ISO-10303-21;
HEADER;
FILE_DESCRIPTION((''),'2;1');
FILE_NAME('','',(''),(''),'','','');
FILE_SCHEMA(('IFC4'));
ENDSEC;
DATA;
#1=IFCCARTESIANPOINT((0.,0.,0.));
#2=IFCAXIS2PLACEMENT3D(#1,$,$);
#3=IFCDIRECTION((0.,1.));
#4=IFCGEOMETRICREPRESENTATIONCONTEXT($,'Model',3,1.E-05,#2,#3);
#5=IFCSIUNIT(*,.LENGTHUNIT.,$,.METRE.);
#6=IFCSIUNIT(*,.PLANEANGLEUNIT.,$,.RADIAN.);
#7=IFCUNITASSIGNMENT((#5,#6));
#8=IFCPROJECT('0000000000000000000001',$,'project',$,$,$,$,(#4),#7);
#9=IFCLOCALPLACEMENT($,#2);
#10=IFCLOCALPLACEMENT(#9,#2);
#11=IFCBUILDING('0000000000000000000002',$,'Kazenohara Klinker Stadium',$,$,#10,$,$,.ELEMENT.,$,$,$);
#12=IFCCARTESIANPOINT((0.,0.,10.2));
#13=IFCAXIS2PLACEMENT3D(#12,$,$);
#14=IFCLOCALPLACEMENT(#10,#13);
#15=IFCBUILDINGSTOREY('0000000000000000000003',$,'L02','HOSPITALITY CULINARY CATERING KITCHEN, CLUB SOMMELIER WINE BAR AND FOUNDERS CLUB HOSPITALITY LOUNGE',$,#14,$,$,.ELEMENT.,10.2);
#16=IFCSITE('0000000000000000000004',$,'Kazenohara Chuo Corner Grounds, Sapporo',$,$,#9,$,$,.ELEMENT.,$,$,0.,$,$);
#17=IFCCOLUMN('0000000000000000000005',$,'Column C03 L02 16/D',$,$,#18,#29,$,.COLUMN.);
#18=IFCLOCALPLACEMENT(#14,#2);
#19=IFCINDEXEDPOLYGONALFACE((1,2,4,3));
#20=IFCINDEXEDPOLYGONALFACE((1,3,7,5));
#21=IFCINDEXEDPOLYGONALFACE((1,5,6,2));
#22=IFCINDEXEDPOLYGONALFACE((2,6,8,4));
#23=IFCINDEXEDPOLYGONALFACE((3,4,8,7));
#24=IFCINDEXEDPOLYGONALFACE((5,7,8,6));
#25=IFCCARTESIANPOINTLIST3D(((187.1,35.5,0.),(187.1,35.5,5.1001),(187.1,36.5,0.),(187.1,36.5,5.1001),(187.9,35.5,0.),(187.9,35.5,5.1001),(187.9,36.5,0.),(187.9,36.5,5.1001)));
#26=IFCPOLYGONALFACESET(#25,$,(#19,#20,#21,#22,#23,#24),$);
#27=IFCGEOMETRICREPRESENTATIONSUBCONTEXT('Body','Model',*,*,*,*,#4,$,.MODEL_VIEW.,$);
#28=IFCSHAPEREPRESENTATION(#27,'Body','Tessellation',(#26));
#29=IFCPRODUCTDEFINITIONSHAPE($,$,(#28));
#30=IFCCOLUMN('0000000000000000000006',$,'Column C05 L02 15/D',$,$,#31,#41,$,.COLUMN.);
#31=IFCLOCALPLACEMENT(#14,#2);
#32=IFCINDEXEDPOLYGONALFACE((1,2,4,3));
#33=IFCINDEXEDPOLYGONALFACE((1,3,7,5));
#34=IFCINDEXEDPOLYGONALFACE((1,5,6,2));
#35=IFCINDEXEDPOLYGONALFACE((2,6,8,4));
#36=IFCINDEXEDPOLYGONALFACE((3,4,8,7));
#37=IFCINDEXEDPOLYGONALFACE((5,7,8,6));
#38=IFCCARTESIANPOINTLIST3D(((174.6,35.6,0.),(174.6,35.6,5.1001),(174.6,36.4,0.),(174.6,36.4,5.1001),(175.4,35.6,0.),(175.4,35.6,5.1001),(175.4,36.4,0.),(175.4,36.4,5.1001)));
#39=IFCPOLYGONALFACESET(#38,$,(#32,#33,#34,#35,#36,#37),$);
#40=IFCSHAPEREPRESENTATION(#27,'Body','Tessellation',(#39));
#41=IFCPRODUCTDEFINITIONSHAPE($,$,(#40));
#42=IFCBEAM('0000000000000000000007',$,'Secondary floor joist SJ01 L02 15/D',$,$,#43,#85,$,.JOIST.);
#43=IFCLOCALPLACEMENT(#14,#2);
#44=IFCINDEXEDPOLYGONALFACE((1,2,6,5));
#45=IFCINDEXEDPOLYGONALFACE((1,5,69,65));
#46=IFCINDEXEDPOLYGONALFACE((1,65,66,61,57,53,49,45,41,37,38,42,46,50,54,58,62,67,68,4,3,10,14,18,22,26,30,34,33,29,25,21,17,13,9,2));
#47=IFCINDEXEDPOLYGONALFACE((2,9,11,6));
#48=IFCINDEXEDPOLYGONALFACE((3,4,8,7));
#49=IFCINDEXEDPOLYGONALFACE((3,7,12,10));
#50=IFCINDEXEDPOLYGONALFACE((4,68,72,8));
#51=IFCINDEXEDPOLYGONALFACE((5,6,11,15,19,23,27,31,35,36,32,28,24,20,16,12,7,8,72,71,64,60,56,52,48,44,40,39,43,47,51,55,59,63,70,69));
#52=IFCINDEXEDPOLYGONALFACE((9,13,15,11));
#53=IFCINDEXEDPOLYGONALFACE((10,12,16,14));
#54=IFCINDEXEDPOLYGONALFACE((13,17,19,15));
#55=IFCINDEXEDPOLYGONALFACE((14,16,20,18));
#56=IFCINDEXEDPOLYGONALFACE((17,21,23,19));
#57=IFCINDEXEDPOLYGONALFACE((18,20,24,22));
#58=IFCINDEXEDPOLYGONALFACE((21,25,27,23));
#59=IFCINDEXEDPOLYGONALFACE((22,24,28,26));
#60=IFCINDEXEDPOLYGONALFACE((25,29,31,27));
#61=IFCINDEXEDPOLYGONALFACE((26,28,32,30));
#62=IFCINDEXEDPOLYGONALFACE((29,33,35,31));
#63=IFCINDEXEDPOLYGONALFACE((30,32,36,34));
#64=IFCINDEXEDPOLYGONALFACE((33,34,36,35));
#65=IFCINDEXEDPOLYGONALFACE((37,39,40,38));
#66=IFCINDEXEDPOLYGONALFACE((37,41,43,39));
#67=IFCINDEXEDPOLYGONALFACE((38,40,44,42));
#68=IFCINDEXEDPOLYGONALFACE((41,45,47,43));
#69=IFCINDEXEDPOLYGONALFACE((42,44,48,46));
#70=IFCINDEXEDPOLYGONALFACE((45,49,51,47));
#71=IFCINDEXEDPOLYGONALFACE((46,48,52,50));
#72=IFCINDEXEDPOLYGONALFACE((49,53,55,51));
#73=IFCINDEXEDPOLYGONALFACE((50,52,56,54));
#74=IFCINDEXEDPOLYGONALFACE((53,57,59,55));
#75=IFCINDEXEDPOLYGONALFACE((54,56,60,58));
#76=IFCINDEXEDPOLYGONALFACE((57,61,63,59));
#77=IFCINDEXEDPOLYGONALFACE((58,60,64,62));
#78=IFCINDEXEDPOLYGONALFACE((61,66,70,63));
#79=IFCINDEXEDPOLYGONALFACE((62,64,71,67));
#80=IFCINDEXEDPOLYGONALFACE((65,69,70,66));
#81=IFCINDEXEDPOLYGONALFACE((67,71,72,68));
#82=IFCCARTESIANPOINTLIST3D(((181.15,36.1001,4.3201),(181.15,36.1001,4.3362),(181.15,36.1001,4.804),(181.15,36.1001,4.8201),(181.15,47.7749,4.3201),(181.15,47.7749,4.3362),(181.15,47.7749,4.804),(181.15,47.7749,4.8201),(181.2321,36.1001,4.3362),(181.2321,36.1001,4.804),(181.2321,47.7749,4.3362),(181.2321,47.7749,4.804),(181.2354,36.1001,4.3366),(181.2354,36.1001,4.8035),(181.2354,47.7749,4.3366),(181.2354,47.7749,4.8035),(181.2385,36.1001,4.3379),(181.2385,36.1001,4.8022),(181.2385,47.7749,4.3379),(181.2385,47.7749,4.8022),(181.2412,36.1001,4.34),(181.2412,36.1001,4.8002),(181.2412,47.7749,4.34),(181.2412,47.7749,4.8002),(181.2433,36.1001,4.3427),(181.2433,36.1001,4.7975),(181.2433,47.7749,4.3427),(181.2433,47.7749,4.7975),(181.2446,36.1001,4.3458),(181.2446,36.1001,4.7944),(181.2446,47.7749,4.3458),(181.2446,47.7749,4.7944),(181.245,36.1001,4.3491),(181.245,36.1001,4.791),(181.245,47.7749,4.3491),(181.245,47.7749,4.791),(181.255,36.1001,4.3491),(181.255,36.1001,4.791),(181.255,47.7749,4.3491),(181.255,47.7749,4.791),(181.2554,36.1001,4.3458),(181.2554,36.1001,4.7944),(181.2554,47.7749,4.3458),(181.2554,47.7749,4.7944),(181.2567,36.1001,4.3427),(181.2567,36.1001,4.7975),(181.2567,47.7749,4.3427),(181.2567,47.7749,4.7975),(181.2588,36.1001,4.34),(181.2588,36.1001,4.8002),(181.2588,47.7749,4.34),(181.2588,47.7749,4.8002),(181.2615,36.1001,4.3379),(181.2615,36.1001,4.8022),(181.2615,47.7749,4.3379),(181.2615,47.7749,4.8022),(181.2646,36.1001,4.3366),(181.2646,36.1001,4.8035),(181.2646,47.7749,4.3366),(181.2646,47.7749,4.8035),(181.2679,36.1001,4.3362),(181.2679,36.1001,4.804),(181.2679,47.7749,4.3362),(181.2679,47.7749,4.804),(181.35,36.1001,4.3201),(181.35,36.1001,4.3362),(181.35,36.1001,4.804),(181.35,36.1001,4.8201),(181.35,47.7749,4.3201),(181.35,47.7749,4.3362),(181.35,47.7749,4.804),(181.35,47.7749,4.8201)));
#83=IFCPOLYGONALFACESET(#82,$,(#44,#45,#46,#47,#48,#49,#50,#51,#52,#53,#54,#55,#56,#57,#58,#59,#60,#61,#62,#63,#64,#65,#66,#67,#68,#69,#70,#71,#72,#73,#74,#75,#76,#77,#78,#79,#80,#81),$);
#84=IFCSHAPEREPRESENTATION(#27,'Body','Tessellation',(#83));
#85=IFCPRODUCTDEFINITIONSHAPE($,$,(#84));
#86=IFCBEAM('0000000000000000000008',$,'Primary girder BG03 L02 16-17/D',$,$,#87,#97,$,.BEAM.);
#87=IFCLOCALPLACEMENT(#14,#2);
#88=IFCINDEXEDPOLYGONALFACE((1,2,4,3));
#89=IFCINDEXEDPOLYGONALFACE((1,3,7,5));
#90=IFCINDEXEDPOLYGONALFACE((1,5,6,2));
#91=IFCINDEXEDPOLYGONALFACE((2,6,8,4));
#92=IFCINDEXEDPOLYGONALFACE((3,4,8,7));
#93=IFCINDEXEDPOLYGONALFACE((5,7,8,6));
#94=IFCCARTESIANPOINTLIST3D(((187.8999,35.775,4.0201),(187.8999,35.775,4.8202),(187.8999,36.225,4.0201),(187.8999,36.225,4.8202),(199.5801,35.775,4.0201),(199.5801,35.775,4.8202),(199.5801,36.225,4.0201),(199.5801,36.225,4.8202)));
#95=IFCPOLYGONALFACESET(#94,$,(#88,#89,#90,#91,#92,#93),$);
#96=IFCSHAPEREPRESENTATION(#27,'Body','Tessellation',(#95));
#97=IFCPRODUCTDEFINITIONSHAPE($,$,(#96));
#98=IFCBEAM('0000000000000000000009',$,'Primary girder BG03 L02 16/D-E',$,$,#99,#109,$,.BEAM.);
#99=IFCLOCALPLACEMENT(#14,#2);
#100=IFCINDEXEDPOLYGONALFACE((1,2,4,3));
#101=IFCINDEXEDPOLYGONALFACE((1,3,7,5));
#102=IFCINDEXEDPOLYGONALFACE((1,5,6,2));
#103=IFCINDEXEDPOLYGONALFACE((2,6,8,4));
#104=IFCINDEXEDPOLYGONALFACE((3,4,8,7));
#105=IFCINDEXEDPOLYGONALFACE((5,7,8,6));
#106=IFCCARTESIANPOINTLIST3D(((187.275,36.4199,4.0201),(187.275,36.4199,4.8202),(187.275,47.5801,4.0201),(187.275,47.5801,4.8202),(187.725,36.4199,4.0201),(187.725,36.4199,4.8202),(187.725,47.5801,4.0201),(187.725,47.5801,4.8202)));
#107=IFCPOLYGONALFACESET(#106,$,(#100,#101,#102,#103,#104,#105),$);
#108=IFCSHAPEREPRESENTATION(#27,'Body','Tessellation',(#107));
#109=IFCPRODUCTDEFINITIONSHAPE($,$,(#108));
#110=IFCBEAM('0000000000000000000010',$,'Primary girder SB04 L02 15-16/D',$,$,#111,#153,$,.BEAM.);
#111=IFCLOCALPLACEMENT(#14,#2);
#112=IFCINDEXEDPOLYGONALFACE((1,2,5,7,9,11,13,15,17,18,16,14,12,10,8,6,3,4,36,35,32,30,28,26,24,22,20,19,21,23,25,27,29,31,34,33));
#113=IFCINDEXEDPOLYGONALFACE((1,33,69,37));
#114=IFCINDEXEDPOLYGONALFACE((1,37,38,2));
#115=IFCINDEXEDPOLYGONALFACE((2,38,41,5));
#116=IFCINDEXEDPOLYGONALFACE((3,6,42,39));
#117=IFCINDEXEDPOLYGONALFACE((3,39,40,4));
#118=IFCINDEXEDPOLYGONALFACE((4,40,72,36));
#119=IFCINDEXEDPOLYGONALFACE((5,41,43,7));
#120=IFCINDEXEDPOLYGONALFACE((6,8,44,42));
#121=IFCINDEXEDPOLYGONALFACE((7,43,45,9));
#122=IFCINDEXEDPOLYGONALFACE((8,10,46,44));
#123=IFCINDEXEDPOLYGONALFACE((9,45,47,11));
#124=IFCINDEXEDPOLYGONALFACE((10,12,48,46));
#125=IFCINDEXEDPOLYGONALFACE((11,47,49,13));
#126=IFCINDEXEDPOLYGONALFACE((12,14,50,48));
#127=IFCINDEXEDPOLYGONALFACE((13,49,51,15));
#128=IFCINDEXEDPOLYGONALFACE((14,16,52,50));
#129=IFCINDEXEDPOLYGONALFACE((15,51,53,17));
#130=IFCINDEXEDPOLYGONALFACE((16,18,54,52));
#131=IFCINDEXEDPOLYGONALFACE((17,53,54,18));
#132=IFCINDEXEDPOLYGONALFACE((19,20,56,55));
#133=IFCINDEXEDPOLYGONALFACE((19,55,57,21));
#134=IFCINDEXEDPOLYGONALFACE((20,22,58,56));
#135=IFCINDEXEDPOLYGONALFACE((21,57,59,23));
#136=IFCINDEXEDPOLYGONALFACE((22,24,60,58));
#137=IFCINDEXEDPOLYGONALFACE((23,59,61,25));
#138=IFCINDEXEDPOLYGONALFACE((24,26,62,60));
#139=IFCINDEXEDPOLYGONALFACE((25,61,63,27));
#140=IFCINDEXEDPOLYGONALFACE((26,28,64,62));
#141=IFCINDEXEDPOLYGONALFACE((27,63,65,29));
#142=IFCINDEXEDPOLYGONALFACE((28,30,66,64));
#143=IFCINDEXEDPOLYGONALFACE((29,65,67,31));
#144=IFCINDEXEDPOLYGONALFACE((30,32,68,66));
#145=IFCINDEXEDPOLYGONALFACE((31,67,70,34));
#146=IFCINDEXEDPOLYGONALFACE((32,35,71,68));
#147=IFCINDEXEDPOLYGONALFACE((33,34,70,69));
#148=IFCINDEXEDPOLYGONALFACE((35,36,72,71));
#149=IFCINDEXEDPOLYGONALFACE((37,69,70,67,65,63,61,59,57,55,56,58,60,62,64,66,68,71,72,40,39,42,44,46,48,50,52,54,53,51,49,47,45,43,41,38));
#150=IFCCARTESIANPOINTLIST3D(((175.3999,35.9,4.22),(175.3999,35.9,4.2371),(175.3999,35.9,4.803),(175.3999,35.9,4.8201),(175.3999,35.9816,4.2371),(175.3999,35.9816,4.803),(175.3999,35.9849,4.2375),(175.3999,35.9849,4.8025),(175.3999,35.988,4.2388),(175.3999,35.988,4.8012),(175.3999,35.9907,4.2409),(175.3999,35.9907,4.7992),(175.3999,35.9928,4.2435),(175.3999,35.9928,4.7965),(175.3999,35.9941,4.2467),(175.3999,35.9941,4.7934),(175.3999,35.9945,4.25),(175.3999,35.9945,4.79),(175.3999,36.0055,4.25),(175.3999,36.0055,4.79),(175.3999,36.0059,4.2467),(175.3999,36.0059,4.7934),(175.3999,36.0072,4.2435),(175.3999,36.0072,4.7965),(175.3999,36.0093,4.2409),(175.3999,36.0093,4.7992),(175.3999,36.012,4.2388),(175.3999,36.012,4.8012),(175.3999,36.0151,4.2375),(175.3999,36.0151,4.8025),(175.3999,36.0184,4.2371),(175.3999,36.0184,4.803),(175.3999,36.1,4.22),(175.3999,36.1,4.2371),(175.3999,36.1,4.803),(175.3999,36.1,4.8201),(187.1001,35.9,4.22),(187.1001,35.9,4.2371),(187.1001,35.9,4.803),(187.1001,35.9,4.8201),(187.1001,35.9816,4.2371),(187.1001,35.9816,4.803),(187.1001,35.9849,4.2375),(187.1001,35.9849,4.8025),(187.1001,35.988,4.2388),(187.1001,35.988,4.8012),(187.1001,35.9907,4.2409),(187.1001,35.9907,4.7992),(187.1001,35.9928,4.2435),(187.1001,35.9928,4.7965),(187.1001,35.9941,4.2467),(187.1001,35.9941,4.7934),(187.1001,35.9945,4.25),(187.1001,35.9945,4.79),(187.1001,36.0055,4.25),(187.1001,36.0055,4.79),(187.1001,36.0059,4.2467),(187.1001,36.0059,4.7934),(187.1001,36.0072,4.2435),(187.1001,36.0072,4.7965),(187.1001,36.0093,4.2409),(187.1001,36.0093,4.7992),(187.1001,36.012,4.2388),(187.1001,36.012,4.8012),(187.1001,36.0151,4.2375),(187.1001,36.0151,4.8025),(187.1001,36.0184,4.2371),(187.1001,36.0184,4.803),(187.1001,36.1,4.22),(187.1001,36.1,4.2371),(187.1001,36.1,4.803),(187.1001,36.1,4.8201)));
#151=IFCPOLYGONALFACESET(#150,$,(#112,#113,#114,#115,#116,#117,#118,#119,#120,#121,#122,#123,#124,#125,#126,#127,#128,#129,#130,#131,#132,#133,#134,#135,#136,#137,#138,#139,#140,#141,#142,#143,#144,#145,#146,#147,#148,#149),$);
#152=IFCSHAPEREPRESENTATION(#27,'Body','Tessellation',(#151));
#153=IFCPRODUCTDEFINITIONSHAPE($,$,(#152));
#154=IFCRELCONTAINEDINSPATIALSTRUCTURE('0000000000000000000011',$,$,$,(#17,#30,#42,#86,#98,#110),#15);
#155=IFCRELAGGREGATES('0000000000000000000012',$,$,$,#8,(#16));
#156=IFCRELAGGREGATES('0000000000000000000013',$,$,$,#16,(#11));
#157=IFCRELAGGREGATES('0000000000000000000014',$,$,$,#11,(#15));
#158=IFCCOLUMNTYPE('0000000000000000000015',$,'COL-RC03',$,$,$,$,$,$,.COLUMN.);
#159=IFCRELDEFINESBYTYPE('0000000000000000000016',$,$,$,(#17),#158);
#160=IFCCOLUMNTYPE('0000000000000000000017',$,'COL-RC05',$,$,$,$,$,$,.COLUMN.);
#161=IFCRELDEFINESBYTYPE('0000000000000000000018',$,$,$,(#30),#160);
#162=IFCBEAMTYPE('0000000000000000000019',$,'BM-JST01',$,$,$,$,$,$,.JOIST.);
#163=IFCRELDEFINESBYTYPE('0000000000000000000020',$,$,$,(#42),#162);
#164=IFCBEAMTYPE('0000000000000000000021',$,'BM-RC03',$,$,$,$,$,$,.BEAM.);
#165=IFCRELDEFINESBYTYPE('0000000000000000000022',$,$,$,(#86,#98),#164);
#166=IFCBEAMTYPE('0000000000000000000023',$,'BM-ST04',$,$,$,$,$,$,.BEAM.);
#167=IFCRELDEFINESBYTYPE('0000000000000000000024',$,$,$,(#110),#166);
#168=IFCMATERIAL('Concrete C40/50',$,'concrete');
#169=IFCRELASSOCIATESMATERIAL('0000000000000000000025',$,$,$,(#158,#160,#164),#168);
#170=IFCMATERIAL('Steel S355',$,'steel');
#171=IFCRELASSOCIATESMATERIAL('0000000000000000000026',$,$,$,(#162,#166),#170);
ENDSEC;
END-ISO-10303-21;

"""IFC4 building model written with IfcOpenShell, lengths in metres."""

from ifc_helpers import new_model, si_unit, direction, frame, origin, origin_2d, place, context, subcontext, project, spatial, rectangle, i_section, extrude, material, material_profile, profile_set, type_object, element, save


model = new_model("IFC4")

# Units and contexts
model_context = context("Model", 3, precision=1e-05, world=origin(), true_north=direction((0.0, 1.0)))
body_context = subcontext(model_context, "Body", "Model", "MODEL_VIEW")
ifc_project = project(units=[si_unit("LENGTHUNIT", "METRE"), si_unit("PLANEANGLEUNIT", "RADIAN")], contexts=[model_context])

# Site, building, storey
site_placement = place(None, origin())
site = spatial("IfcSite", under=ifc_project, at=site_placement, Name="Kazenohara Chuo Corner Grounds, Sapporo", CompositionType="ELEMENT", RefElevation=0.0)
building_placement = place(site_placement, origin())
building = spatial("IfcBuilding", under=site, at=building_placement, Name="Kazenohara Klinker Stadium", CompositionType="ELEMENT")
storey_placement = place(building_placement, frame((0.0, 0.0, 10.2)))
storey = spatial("IfcBuildingStorey", under=building, at=storey_placement, Name="L02", Description="HOSPITALITY CULINARY CATERING KITCHEN, CLUB SOMMELIER WINE BAR AND FOUNDERS CLUB HOSPITALITY LOUNGE", CompositionType="ELEMENT", Elevation=10.2)

# Columns
ifc_material_1 = material(Name="Concrete C40/50", Category="concrete")
ifc_material_profile_1 = material_profile(ifc_material_1, rectangle(XDim=0.8, YDim=1.0, at=origin_2d()), Name="RC-COL-1000x800")
ifc_profile_set_1 = profile_set([ifc_material_profile_1], Name="Concrete C40/50")
column_type_1 = type_object("IfcColumnType", Name="COL-RC03", PredefinedType="COLUMN", material=ifc_profile_set_1)
column_1_placement = place(storey_placement, frame((187.5, 36.0, 0.0), z_axis=(0.0, 0.0, 1.0), x_axis=(1.0, 0.0, 0.0)))
element("IfcColumn", 1, at=column_1_placement, inside=storey, type_object=column_type_1, Name="Column C03 L02 16/D", PredefinedType="COLUMN", context=body_context, shape_type="SweptSolid", body=[
    extrude(rectangle(XDim=0.8, YDim=1.0, at=origin_2d()), origin(), (0.0, 0.0, 1.0), 5.1001),
])
ifc_material_profile_2 = material_profile(ifc_material_1, rectangle(XDim=0.8, YDim=0.8, at=origin_2d()), Name="RC-COL-800x800")
ifc_profile_set_2 = profile_set([ifc_material_profile_2], Name="Concrete C40/50")
column_type_2 = type_object("IfcColumnType", Name="COL-RC05", PredefinedType="COLUMN", material=ifc_profile_set_2)
column_2_placement = place(storey_placement, frame((175.0, 36.0, 0.0), z_axis=(0.0, 0.0, 1.0), x_axis=(1.0, 0.0, 0.0)))
element("IfcColumn", 2, at=column_2_placement, inside=storey, type_object=column_type_2, Name="Column C05 L02 15/D", PredefinedType="COLUMN", context=body_context, shape_type="SweptSolid", body=[
    extrude(rectangle(XDim=0.8, YDim=0.8, at=origin_2d()), origin(), (0.0, 0.0, 1.0), 5.1001),
])

# Beams
ifc_material_2 = material(Name="Steel S355", Category="steel")
ifc_material_profile_3 = material_profile(ifc_material_2, i_section(OverallWidth=0.2, OverallDepth=0.5, WebThickness=0.01, FlangeThickness=0.0161, FilletRadius=0.0129, at=origin_2d()), Name="H-500x200x10x16")
ifc_profile_set_3 = profile_set([ifc_material_profile_3], Name="Steel S355")
beam_type_1 = type_object("IfcBeamType", Name="BM-JST01", PredefinedType="JOIST", material=ifc_profile_set_3)
beam_1_placement = place(storey_placement, frame((181.25, 36.1001, 4.5701), z_axis=(0.0, 1.0, 0.0), x_axis=(-1.0, 0.0, 0.0)))
element("IfcBeam", 3, at=beam_1_placement, inside=storey, type_object=beam_type_1, Name="Secondary floor joist SJ01 L02 15/D", PredefinedType="JOIST", context=body_context, shape_type="SweptSolid", body=[
    extrude(i_section(OverallWidth=0.2, OverallDepth=0.5, WebThickness=0.01, FlangeThickness=0.0161, FilletRadius=0.0129, at=origin_2d()), origin(), (0.0, 0.0, 1.0), 11.6748),
])
ifc_material_profile_4 = material_profile(ifc_material_1, rectangle(XDim=0.45, YDim=0.8, at=origin_2d()), Name="RC-BM-450x800")
ifc_profile_set_4 = profile_set([ifc_material_profile_4], Name="Concrete C40/50")
beam_type_2 = type_object("IfcBeamType", Name="BM-RC03", PredefinedType="BEAM", material=ifc_profile_set_4)
beam_2_placement = place(storey_placement, frame((187.8999, 36.0, 4.4202), z_axis=(1.0, 0.0, 0.0), x_axis=(0.0, 1.0, 0.0)))
element("IfcBeam", 4, at=beam_2_placement, inside=storey, type_object=beam_type_2, Name="Primary girder BG03 L02 16-17/D", PredefinedType="BEAM", context=body_context, shape_type="SweptSolid", body=[
    extrude(rectangle(XDim=0.45, YDim=0.8, at=origin_2d()), origin(), (0.0, 0.0, 1.0), 11.6802),
])
beam_3_placement = place(storey_placement, frame((187.5, 36.4199, 4.4202), z_axis=(0.0, 1.0, 0.0), x_axis=(-1.0, 0.0, 0.0)))
element("IfcBeam", 5, at=beam_3_placement, inside=storey, type_object=beam_type_2, Name="Primary girder BG03 L02 16/D-E", PredefinedType="BEAM", context=body_context, shape_type="SweptSolid", body=[
    extrude(rectangle(XDim=0.45, YDim=0.8, at=origin_2d()), origin(), (0.0, 0.0, 1.0), 11.1602),
])
ifc_material_profile_5 = material_profile(ifc_material_2, i_section(OverallWidth=0.2, OverallDepth=0.6001, WebThickness=0.011, FlangeThickness=0.0171, FilletRadius=0.0129, at=origin_2d()), Name="H-600x200x11x17")
ifc_profile_set_5 = profile_set([ifc_material_profile_5], Name="Steel S355")
beam_type_3 = type_object("IfcBeamType", Name="BM-ST04", PredefinedType="BEAM", material=ifc_profile_set_5)
beam_4_placement = place(storey_placement, frame((175.3999, 36.0, 4.52), z_axis=(1.0, 0.0, 0.0), x_axis=(0.0, 1.0, 0.0)))
element("IfcBeam", 6, at=beam_4_placement, inside=storey, type_object=beam_type_3, Name="Primary girder SB04 L02 15-16/D", PredefinedType="BEAM", context=body_context, shape_type="SweptSolid", body=[
    extrude(i_section(OverallWidth=0.2, OverallDepth=0.6001, WebThickness=0.011, FlangeThickness=0.0171, FilletRadius=0.0129, at=origin_2d()), origin(), (0.0, 0.0, 1.0), 11.7002),
])

save(model, "model.ifc")
